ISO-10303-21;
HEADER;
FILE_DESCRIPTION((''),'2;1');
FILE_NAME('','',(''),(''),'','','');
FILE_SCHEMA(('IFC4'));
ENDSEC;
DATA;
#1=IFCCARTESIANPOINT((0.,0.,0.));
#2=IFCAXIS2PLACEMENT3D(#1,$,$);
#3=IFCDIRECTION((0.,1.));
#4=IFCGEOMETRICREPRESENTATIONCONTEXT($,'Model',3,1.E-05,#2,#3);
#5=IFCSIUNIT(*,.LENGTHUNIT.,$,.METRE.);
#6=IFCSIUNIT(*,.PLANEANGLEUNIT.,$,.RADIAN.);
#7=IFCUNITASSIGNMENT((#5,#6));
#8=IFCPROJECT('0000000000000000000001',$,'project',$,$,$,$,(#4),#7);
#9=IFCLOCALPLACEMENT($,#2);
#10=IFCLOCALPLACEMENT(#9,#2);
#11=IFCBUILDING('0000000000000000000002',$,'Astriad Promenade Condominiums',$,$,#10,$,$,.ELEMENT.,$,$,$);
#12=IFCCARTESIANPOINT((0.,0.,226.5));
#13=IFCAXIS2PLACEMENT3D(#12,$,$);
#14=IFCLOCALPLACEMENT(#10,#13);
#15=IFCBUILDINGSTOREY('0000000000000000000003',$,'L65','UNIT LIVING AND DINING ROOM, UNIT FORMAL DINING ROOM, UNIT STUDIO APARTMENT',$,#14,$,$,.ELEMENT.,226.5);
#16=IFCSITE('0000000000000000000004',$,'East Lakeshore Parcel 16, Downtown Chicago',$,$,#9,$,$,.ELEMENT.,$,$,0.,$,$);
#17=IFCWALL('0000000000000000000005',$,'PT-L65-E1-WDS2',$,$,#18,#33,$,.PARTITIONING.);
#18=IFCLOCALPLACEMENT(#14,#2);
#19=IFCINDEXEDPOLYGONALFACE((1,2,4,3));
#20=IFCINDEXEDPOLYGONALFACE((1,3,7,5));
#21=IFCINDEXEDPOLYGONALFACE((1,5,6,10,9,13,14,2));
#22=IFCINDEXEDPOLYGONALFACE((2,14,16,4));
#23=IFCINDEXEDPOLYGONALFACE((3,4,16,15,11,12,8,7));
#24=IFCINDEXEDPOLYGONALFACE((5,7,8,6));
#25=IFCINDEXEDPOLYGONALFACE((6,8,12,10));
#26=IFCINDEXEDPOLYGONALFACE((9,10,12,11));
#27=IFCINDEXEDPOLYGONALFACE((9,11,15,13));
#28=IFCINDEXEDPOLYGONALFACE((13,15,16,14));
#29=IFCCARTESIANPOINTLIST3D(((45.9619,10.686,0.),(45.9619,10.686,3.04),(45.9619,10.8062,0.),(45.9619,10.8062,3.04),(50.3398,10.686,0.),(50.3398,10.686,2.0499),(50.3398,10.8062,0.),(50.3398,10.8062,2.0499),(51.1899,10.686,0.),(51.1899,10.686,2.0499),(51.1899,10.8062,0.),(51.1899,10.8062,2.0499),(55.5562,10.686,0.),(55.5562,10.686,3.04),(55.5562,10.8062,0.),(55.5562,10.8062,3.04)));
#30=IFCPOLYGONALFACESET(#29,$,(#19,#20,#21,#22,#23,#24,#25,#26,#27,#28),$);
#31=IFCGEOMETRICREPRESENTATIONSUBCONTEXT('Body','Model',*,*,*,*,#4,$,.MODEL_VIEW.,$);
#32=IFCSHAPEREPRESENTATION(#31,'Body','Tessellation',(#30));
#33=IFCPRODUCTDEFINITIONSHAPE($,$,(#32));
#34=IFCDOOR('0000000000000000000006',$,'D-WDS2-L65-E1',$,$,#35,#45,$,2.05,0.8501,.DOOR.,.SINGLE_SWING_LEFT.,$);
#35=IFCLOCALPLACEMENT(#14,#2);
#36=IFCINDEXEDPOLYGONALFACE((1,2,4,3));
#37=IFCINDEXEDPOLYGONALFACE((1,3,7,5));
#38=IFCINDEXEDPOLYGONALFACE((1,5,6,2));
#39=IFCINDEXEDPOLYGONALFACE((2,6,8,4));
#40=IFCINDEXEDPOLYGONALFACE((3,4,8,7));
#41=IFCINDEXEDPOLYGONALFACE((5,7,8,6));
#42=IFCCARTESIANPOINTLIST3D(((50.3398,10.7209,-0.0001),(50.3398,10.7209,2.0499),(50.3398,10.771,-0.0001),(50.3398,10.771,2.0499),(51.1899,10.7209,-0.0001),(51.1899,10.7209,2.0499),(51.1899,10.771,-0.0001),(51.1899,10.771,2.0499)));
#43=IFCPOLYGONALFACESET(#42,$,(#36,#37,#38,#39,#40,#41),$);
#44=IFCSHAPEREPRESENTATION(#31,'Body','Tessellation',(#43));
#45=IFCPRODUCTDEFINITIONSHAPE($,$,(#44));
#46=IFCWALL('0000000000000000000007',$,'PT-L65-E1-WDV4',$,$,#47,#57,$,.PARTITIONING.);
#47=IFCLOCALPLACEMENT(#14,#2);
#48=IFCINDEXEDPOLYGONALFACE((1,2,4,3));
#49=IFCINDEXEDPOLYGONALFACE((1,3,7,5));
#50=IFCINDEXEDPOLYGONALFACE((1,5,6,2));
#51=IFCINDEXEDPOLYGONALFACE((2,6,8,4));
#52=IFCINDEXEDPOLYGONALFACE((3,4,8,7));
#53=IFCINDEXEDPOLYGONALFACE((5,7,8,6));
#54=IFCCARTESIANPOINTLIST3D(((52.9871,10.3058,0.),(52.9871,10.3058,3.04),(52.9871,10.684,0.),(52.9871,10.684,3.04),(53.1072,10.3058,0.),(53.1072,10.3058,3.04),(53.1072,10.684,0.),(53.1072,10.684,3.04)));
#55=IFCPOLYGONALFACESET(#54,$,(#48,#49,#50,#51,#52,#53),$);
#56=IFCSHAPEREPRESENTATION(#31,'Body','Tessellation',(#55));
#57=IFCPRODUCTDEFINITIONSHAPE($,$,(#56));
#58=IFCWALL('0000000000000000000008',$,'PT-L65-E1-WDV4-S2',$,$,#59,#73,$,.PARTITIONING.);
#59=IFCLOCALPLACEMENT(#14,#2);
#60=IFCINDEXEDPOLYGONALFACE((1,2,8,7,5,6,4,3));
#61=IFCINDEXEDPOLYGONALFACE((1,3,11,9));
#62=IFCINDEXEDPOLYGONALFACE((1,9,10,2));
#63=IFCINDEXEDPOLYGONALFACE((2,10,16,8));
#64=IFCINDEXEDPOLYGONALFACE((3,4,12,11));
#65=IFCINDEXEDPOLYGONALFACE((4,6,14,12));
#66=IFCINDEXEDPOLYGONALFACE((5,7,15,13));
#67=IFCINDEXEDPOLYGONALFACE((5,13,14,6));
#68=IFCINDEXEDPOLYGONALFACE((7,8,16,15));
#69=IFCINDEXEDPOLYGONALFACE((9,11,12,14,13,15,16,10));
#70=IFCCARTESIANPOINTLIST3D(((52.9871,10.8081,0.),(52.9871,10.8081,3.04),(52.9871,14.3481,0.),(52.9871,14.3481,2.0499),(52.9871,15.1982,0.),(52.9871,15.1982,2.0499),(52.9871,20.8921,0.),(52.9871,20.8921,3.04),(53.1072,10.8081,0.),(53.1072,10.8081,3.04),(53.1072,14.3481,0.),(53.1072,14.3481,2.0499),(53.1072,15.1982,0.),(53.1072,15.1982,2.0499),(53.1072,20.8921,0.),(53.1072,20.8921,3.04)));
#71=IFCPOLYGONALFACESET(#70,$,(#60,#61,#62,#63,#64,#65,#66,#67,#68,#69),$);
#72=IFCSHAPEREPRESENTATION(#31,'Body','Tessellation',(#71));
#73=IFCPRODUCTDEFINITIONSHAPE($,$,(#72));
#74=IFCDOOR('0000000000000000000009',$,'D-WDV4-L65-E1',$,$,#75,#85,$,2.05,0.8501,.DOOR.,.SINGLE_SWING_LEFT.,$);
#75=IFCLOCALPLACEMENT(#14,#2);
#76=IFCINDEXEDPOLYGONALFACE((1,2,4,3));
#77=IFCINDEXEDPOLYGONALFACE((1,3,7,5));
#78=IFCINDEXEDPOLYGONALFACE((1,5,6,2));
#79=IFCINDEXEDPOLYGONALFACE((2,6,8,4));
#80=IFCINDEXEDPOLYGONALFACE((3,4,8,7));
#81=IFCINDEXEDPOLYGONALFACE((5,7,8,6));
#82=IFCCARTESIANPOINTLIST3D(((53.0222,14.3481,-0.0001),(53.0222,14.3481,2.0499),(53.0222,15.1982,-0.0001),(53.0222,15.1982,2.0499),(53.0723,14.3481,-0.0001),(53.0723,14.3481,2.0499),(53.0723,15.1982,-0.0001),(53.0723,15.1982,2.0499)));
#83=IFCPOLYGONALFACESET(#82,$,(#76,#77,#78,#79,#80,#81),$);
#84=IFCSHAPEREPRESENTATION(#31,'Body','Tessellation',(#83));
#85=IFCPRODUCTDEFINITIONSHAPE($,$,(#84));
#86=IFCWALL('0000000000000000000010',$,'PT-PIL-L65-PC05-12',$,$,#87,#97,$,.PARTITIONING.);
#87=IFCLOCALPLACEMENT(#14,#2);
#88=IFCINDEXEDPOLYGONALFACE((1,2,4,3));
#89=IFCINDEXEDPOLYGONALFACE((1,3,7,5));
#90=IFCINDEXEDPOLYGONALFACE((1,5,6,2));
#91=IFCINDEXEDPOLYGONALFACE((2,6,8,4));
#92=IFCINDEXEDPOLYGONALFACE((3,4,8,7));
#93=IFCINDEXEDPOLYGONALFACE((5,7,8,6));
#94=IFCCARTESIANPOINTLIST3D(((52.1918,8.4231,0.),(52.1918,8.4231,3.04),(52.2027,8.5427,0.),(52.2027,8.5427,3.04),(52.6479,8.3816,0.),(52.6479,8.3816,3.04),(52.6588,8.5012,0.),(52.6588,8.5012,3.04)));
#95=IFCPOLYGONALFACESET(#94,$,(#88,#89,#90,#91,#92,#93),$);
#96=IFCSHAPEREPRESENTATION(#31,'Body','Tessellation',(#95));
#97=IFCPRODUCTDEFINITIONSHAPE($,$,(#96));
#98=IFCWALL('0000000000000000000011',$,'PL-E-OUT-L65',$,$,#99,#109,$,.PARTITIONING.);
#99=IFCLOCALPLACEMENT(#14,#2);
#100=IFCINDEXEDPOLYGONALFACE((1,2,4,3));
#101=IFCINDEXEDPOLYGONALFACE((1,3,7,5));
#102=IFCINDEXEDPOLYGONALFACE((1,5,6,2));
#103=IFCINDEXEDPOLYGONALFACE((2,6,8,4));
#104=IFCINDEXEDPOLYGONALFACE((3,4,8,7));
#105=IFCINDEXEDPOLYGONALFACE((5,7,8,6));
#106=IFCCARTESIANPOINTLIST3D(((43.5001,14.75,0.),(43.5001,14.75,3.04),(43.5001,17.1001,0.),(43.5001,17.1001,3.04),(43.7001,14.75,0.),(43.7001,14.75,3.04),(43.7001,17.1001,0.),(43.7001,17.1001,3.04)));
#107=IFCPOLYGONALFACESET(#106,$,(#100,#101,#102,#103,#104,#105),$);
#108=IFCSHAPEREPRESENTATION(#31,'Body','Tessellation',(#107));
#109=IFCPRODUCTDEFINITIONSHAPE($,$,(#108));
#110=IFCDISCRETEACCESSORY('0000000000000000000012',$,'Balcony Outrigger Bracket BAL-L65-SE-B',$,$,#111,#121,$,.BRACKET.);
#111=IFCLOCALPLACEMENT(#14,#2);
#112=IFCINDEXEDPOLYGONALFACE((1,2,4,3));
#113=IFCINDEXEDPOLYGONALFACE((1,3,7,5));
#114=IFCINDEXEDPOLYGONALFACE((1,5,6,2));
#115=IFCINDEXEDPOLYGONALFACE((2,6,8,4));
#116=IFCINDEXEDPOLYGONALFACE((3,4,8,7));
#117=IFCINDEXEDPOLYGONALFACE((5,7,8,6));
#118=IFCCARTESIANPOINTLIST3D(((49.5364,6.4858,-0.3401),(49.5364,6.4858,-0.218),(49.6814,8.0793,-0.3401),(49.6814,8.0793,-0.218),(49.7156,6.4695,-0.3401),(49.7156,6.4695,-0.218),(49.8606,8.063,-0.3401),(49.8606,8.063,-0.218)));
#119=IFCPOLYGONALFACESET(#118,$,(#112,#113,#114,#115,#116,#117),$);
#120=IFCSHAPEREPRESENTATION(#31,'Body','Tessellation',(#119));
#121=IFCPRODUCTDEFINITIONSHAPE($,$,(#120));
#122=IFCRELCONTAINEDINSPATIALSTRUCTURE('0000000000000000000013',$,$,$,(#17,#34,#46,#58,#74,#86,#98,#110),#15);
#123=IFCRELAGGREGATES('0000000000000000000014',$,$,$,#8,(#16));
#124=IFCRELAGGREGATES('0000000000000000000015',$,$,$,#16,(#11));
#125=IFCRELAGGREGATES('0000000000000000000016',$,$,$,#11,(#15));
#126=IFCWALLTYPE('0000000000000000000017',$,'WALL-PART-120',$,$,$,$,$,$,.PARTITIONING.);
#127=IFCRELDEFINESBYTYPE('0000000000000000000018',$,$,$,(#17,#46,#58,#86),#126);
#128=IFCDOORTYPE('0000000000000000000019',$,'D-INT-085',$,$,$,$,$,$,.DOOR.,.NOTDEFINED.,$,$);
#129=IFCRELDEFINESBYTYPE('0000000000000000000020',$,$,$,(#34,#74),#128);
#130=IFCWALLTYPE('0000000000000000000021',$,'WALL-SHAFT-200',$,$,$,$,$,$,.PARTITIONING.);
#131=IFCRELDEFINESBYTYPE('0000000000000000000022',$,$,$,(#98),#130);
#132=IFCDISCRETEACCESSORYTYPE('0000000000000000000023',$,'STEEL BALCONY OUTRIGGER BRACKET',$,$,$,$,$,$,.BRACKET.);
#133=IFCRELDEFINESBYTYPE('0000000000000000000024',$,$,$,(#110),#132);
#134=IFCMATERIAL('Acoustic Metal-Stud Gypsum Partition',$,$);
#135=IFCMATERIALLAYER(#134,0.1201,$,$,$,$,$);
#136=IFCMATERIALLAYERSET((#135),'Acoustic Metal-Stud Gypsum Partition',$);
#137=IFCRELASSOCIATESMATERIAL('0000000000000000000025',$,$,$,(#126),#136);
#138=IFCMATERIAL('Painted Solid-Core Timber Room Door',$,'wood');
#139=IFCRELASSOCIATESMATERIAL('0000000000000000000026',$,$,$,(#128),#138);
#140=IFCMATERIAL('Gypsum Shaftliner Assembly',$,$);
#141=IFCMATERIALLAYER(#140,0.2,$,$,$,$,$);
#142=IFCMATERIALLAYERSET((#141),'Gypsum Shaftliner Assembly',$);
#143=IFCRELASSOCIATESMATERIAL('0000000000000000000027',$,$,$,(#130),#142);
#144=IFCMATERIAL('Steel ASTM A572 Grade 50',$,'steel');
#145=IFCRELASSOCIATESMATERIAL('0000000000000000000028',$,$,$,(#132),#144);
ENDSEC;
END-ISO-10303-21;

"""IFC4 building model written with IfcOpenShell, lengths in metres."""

from ifc_helpers import new_model, si_unit, direction, frame, frame_2d, origin, origin_2d, place, context, subcontext, project, spatial, rectangle, extrude, source, transform, mapped, material, layer, layer_set, type_object, type_shapes, element, fill, save


model = new_model("IFC4")

# Units and contexts
model_context = context("Model", 3, precision=1e-05, world=origin(), true_north=direction((0.0, 1.0)))
body_context = subcontext(model_context, "Body", "Model", "MODEL_VIEW")
ifc_project = project(units=[si_unit("LENGTHUNIT", "METRE"), si_unit("PLANEANGLEUNIT", "RADIAN")], contexts=[model_context])

# Site, building, storey
site_placement = place(None, origin())
site = spatial("IfcSite", under=ifc_project, at=site_placement, Name="East Lakeshore Parcel 16, Downtown Chicago", CompositionType="ELEMENT", RefElevation=0.0)
building_placement = place(site_placement, origin())
building = spatial("IfcBuilding", under=site, at=building_placement, Name="Astriad Promenade Condominiums", CompositionType="ELEMENT")
storey_placement = place(building_placement, frame((0.0, 0.0, 226.5)))
storey = spatial("IfcBuildingStorey", under=building, at=storey_placement, Name="L65", Description="UNIT LIVING AND DINING ROOM, UNIT FORMAL DINING ROOM, UNIT STUDIO APARTMENT", CompositionType="ELEMENT", Elevation=226.5)

# Shared definitions
ifc_material_1 = material(Name="Acoustic Metal-Stud Gypsum Partition")
ifc_layer_1 = layer(ifc_material_1, 0.1201)
ifc_layer_set_1 = layer_set([ifc_layer_1], Name="Acoustic Metal-Stud Gypsum Partition")
wall_type_1 = type_object("IfcWallType", Name="WALL-PART-120", PredefinedType="PARTITIONING", material=ifc_layer_set_1)
ifc_material_2 = material(Name="Painted Solid-Core Timber Room Door", Category="wood")
door_type_1 = type_object("IfcDoorType", Name="D-INT-085", OperationType="NOTDEFINED", PredefinedType="DOOR", material=ifc_material_2)
shared_shape_1 = source(origin(), body_context, "Body", "SweptSolid", [
    extrude(rectangle(XDim=0.8501, YDim=2.05, at=frame_2d((0.425, 1.0249))), frame((0.0, 0.0249, 0.0), z_axis=(0.0, -1.0, 0.0), x_axis=(1.0, 0.0, 0.0)), (0.0, 0.0, 1.0), 0.05),
])
type_shapes(door_type_1, [shared_shape_1])

# Wall, opening, door
wall_1_placement = place(storey_placement, frame((45.9619, 10.7461, 0.0), z_axis=(0.0, 0.0, 1.0), x_axis=(1.0, 0.0, 0.0)))
wall_1 = element("IfcWall", 1, at=wall_1_placement, inside=storey, type_object=wall_type_1, Name="PT-L65-E1-WDS2", PredefinedType="PARTITIONING", context=body_context, shape_type="SweptSolid", body=[
    extrude(rectangle(XDim=9.5942, YDim=0.1201, at=frame_2d((4.7971, 0.0))), origin(), (0.0, 0.0, 1.0), 3.04),
])
opening_1_placement = place(wall_1_placement, frame((4.3779, 0.0, 0.0)))
opening_1 = element("IfcOpeningElement", 2, at=opening_1_placement, cuts=wall_1, PredefinedType="OPENING", context=body_context, shape_type="SweptSolid", body=[
    extrude(rectangle(XDim=0.8501, YDim=2.05, at=frame_2d((0.425, 1.0249))), frame((0.0, 0.0701, 0.0), z_axis=(0.0, -1.0, 0.0), x_axis=(1.0, 0.0, 0.0)), (0.0, 0.0, 1.0), 0.1401),
])
door_1_placement = place(opening_1_placement, origin())
door_1 = element("IfcDoor", 3, at=door_1_placement, inside=storey, type_object=door_type_1, Name="D-WDS2-L65-E1", OperationType="SINGLE_SWING_LEFT", OverallHeight=2.05, OverallWidth=0.8501, PredefinedType="DOOR", context=body_context, shape_type="MappedRepresentation", body=[
    mapped(shared_shape_1, transform((0.0, 0.0, 0.0), scale=1.0)),
])
fill(opening_1, door_1)

# Wall
wall_2_placement = place(storey_placement, frame((53.0471, 10.3059, 0.0), z_axis=(0.0, 0.0, 1.0), x_axis=(0.0, 1.0, 0.0)))
element("IfcWall", 4, at=wall_2_placement, inside=storey, type_object=wall_type_1, Name="PT-L65-E1-WDV4", PredefinedType="PARTITIONING", context=body_context, shape_type="SweptSolid", body=[
    extrude(rectangle(XDim=0.3782, YDim=0.1201, at=frame_2d((0.189, 0.0))), origin(), (0.0, 0.0, 1.0), 3.04),
])

# Wall, opening, door
wall_3_placement = place(storey_placement, frame((53.0471, 10.8081, 0.0), z_axis=(0.0, 0.0, 1.0), x_axis=(0.0, 1.0, 0.0)))
wall_3 = element("IfcWall", 5, at=wall_3_placement, inside=storey, type_object=wall_type_1, Name="PT-L65-E1-WDV4-S2", PredefinedType="PARTITIONING", context=body_context, shape_type="SweptSolid", body=[
    extrude(rectangle(XDim=10.084, YDim=0.1201, at=frame_2d((5.042, 0.0))), origin(), (0.0, 0.0, 1.0), 3.04),
])
opening_2_placement = place(wall_3_placement, frame((3.54, 0.0, 0.0)))
opening_2 = element("IfcOpeningElement", 6, at=opening_2_placement, cuts=wall_3, PredefinedType="OPENING", context=body_context, shape_type="SweptSolid", body=[
    extrude(rectangle(XDim=0.8501, YDim=2.05, at=frame_2d((0.425, 1.0249))), frame((0.0, 0.0701, 0.0), z_axis=(0.0, -1.0, 0.0), x_axis=(1.0, 0.0, 0.0)), (0.0, 0.0, 1.0), 0.1401),
])
door_2_placement = place(opening_2_placement, origin())
door_2 = element("IfcDoor", 7, at=door_2_placement, inside=storey, type_object=door_type_1, Name="D-WDV4-L65-E1", OperationType="SINGLE_SWING_LEFT", OverallHeight=2.05, OverallWidth=0.8501, PredefinedType="DOOR", context=body_context, shape_type="MappedRepresentation", body=[
    mapped(shared_shape_1, transform((0.0, 0.0, 0.0), scale=1.0)),
])
fill(opening_2, door_2)

# Walls
wall_4_placement = place(storey_placement, frame((52.1973, 8.4829, 0.0), z_axis=(0.0, 0.0, 1.0), x_axis=(0.995884, -0.090632, 0.0)))
element("IfcWall", 8, at=wall_4_placement, inside=storey, type_object=wall_type_1, Name="PT-PIL-L65-PC05-12", PredefinedType="PARTITIONING", context=body_context, shape_type="SweptSolid", body=[
    extrude(rectangle(XDim=0.458, YDim=0.1201, at=frame_2d((0.229, 0.0))), origin(), (0.0, 0.0, 1.0), 3.04),
])
ifc_material_3 = material(Name="Gypsum Shaftliner Assembly")
ifc_layer_2 = layer(ifc_material_3, 0.2)
ifc_layer_set_2 = layer_set([ifc_layer_2], Name="Gypsum Shaftliner Assembly")
wall_type_2 = type_object("IfcWallType", Name="WALL-SHAFT-200", PredefinedType="PARTITIONING", material=ifc_layer_set_2)
wall_5_placement = place(storey_placement, frame((43.6001, 14.75, 0.0), z_axis=(0.0, 0.0, 1.0), x_axis=(0.0, 1.0, 0.0)))
element("IfcWall", 9, at=wall_5_placement, inside=storey, type_object=wall_type_2, Name="PL-E-OUT-L65", PredefinedType="PARTITIONING", context=body_context, shape_type="SweptSolid", body=[
    extrude(rectangle(XDim=2.3501, YDim=0.2, at=frame_2d((1.175, 0.0))), origin(), (0.0, 0.0, 1.0), 3.04),
])

# Discrete accessory
ifc_material_4 = material(Name="Steel ASTM A572 Grade 50", Category="steel")
discrete_accessory_type = type_object("IfcDiscreteAccessoryType", Name="STEEL BALCONY OUTRIGGER BRACKET", PredefinedType="BRACKET", material=ifc_material_4)
shared_shape_2 = source(origin(), body_context, "Body", "SweptSolid", [
    extrude(rectangle(XDim=1.6001, YDim=0.1799, at=origin_2d()), origin(), (0.0, 0.0, 1.0), 0.1221),
])
type_shapes(discrete_accessory_type, [shared_shape_2])
discrete_accessory_placement = place(storey_placement, frame((49.6985, 7.2744, -0.3401), z_axis=(0.0, 0.0, 1.0), x_axis=(-0.090633, -0.995884, 0.0)))
element("IfcDiscreteAccessory", 10, at=discrete_accessory_placement, inside=storey, type_object=discrete_accessory_type, Name="Balcony Outrigger Bracket BAL-L65-SE-B", PredefinedType="BRACKET", context=body_context, shape_type="MappedRepresentation", body=[
    mapped(shared_shape_2, transform((0.0, 0.0, 0.0), scale=1.0)),
])

save(model, "model.ifc")
